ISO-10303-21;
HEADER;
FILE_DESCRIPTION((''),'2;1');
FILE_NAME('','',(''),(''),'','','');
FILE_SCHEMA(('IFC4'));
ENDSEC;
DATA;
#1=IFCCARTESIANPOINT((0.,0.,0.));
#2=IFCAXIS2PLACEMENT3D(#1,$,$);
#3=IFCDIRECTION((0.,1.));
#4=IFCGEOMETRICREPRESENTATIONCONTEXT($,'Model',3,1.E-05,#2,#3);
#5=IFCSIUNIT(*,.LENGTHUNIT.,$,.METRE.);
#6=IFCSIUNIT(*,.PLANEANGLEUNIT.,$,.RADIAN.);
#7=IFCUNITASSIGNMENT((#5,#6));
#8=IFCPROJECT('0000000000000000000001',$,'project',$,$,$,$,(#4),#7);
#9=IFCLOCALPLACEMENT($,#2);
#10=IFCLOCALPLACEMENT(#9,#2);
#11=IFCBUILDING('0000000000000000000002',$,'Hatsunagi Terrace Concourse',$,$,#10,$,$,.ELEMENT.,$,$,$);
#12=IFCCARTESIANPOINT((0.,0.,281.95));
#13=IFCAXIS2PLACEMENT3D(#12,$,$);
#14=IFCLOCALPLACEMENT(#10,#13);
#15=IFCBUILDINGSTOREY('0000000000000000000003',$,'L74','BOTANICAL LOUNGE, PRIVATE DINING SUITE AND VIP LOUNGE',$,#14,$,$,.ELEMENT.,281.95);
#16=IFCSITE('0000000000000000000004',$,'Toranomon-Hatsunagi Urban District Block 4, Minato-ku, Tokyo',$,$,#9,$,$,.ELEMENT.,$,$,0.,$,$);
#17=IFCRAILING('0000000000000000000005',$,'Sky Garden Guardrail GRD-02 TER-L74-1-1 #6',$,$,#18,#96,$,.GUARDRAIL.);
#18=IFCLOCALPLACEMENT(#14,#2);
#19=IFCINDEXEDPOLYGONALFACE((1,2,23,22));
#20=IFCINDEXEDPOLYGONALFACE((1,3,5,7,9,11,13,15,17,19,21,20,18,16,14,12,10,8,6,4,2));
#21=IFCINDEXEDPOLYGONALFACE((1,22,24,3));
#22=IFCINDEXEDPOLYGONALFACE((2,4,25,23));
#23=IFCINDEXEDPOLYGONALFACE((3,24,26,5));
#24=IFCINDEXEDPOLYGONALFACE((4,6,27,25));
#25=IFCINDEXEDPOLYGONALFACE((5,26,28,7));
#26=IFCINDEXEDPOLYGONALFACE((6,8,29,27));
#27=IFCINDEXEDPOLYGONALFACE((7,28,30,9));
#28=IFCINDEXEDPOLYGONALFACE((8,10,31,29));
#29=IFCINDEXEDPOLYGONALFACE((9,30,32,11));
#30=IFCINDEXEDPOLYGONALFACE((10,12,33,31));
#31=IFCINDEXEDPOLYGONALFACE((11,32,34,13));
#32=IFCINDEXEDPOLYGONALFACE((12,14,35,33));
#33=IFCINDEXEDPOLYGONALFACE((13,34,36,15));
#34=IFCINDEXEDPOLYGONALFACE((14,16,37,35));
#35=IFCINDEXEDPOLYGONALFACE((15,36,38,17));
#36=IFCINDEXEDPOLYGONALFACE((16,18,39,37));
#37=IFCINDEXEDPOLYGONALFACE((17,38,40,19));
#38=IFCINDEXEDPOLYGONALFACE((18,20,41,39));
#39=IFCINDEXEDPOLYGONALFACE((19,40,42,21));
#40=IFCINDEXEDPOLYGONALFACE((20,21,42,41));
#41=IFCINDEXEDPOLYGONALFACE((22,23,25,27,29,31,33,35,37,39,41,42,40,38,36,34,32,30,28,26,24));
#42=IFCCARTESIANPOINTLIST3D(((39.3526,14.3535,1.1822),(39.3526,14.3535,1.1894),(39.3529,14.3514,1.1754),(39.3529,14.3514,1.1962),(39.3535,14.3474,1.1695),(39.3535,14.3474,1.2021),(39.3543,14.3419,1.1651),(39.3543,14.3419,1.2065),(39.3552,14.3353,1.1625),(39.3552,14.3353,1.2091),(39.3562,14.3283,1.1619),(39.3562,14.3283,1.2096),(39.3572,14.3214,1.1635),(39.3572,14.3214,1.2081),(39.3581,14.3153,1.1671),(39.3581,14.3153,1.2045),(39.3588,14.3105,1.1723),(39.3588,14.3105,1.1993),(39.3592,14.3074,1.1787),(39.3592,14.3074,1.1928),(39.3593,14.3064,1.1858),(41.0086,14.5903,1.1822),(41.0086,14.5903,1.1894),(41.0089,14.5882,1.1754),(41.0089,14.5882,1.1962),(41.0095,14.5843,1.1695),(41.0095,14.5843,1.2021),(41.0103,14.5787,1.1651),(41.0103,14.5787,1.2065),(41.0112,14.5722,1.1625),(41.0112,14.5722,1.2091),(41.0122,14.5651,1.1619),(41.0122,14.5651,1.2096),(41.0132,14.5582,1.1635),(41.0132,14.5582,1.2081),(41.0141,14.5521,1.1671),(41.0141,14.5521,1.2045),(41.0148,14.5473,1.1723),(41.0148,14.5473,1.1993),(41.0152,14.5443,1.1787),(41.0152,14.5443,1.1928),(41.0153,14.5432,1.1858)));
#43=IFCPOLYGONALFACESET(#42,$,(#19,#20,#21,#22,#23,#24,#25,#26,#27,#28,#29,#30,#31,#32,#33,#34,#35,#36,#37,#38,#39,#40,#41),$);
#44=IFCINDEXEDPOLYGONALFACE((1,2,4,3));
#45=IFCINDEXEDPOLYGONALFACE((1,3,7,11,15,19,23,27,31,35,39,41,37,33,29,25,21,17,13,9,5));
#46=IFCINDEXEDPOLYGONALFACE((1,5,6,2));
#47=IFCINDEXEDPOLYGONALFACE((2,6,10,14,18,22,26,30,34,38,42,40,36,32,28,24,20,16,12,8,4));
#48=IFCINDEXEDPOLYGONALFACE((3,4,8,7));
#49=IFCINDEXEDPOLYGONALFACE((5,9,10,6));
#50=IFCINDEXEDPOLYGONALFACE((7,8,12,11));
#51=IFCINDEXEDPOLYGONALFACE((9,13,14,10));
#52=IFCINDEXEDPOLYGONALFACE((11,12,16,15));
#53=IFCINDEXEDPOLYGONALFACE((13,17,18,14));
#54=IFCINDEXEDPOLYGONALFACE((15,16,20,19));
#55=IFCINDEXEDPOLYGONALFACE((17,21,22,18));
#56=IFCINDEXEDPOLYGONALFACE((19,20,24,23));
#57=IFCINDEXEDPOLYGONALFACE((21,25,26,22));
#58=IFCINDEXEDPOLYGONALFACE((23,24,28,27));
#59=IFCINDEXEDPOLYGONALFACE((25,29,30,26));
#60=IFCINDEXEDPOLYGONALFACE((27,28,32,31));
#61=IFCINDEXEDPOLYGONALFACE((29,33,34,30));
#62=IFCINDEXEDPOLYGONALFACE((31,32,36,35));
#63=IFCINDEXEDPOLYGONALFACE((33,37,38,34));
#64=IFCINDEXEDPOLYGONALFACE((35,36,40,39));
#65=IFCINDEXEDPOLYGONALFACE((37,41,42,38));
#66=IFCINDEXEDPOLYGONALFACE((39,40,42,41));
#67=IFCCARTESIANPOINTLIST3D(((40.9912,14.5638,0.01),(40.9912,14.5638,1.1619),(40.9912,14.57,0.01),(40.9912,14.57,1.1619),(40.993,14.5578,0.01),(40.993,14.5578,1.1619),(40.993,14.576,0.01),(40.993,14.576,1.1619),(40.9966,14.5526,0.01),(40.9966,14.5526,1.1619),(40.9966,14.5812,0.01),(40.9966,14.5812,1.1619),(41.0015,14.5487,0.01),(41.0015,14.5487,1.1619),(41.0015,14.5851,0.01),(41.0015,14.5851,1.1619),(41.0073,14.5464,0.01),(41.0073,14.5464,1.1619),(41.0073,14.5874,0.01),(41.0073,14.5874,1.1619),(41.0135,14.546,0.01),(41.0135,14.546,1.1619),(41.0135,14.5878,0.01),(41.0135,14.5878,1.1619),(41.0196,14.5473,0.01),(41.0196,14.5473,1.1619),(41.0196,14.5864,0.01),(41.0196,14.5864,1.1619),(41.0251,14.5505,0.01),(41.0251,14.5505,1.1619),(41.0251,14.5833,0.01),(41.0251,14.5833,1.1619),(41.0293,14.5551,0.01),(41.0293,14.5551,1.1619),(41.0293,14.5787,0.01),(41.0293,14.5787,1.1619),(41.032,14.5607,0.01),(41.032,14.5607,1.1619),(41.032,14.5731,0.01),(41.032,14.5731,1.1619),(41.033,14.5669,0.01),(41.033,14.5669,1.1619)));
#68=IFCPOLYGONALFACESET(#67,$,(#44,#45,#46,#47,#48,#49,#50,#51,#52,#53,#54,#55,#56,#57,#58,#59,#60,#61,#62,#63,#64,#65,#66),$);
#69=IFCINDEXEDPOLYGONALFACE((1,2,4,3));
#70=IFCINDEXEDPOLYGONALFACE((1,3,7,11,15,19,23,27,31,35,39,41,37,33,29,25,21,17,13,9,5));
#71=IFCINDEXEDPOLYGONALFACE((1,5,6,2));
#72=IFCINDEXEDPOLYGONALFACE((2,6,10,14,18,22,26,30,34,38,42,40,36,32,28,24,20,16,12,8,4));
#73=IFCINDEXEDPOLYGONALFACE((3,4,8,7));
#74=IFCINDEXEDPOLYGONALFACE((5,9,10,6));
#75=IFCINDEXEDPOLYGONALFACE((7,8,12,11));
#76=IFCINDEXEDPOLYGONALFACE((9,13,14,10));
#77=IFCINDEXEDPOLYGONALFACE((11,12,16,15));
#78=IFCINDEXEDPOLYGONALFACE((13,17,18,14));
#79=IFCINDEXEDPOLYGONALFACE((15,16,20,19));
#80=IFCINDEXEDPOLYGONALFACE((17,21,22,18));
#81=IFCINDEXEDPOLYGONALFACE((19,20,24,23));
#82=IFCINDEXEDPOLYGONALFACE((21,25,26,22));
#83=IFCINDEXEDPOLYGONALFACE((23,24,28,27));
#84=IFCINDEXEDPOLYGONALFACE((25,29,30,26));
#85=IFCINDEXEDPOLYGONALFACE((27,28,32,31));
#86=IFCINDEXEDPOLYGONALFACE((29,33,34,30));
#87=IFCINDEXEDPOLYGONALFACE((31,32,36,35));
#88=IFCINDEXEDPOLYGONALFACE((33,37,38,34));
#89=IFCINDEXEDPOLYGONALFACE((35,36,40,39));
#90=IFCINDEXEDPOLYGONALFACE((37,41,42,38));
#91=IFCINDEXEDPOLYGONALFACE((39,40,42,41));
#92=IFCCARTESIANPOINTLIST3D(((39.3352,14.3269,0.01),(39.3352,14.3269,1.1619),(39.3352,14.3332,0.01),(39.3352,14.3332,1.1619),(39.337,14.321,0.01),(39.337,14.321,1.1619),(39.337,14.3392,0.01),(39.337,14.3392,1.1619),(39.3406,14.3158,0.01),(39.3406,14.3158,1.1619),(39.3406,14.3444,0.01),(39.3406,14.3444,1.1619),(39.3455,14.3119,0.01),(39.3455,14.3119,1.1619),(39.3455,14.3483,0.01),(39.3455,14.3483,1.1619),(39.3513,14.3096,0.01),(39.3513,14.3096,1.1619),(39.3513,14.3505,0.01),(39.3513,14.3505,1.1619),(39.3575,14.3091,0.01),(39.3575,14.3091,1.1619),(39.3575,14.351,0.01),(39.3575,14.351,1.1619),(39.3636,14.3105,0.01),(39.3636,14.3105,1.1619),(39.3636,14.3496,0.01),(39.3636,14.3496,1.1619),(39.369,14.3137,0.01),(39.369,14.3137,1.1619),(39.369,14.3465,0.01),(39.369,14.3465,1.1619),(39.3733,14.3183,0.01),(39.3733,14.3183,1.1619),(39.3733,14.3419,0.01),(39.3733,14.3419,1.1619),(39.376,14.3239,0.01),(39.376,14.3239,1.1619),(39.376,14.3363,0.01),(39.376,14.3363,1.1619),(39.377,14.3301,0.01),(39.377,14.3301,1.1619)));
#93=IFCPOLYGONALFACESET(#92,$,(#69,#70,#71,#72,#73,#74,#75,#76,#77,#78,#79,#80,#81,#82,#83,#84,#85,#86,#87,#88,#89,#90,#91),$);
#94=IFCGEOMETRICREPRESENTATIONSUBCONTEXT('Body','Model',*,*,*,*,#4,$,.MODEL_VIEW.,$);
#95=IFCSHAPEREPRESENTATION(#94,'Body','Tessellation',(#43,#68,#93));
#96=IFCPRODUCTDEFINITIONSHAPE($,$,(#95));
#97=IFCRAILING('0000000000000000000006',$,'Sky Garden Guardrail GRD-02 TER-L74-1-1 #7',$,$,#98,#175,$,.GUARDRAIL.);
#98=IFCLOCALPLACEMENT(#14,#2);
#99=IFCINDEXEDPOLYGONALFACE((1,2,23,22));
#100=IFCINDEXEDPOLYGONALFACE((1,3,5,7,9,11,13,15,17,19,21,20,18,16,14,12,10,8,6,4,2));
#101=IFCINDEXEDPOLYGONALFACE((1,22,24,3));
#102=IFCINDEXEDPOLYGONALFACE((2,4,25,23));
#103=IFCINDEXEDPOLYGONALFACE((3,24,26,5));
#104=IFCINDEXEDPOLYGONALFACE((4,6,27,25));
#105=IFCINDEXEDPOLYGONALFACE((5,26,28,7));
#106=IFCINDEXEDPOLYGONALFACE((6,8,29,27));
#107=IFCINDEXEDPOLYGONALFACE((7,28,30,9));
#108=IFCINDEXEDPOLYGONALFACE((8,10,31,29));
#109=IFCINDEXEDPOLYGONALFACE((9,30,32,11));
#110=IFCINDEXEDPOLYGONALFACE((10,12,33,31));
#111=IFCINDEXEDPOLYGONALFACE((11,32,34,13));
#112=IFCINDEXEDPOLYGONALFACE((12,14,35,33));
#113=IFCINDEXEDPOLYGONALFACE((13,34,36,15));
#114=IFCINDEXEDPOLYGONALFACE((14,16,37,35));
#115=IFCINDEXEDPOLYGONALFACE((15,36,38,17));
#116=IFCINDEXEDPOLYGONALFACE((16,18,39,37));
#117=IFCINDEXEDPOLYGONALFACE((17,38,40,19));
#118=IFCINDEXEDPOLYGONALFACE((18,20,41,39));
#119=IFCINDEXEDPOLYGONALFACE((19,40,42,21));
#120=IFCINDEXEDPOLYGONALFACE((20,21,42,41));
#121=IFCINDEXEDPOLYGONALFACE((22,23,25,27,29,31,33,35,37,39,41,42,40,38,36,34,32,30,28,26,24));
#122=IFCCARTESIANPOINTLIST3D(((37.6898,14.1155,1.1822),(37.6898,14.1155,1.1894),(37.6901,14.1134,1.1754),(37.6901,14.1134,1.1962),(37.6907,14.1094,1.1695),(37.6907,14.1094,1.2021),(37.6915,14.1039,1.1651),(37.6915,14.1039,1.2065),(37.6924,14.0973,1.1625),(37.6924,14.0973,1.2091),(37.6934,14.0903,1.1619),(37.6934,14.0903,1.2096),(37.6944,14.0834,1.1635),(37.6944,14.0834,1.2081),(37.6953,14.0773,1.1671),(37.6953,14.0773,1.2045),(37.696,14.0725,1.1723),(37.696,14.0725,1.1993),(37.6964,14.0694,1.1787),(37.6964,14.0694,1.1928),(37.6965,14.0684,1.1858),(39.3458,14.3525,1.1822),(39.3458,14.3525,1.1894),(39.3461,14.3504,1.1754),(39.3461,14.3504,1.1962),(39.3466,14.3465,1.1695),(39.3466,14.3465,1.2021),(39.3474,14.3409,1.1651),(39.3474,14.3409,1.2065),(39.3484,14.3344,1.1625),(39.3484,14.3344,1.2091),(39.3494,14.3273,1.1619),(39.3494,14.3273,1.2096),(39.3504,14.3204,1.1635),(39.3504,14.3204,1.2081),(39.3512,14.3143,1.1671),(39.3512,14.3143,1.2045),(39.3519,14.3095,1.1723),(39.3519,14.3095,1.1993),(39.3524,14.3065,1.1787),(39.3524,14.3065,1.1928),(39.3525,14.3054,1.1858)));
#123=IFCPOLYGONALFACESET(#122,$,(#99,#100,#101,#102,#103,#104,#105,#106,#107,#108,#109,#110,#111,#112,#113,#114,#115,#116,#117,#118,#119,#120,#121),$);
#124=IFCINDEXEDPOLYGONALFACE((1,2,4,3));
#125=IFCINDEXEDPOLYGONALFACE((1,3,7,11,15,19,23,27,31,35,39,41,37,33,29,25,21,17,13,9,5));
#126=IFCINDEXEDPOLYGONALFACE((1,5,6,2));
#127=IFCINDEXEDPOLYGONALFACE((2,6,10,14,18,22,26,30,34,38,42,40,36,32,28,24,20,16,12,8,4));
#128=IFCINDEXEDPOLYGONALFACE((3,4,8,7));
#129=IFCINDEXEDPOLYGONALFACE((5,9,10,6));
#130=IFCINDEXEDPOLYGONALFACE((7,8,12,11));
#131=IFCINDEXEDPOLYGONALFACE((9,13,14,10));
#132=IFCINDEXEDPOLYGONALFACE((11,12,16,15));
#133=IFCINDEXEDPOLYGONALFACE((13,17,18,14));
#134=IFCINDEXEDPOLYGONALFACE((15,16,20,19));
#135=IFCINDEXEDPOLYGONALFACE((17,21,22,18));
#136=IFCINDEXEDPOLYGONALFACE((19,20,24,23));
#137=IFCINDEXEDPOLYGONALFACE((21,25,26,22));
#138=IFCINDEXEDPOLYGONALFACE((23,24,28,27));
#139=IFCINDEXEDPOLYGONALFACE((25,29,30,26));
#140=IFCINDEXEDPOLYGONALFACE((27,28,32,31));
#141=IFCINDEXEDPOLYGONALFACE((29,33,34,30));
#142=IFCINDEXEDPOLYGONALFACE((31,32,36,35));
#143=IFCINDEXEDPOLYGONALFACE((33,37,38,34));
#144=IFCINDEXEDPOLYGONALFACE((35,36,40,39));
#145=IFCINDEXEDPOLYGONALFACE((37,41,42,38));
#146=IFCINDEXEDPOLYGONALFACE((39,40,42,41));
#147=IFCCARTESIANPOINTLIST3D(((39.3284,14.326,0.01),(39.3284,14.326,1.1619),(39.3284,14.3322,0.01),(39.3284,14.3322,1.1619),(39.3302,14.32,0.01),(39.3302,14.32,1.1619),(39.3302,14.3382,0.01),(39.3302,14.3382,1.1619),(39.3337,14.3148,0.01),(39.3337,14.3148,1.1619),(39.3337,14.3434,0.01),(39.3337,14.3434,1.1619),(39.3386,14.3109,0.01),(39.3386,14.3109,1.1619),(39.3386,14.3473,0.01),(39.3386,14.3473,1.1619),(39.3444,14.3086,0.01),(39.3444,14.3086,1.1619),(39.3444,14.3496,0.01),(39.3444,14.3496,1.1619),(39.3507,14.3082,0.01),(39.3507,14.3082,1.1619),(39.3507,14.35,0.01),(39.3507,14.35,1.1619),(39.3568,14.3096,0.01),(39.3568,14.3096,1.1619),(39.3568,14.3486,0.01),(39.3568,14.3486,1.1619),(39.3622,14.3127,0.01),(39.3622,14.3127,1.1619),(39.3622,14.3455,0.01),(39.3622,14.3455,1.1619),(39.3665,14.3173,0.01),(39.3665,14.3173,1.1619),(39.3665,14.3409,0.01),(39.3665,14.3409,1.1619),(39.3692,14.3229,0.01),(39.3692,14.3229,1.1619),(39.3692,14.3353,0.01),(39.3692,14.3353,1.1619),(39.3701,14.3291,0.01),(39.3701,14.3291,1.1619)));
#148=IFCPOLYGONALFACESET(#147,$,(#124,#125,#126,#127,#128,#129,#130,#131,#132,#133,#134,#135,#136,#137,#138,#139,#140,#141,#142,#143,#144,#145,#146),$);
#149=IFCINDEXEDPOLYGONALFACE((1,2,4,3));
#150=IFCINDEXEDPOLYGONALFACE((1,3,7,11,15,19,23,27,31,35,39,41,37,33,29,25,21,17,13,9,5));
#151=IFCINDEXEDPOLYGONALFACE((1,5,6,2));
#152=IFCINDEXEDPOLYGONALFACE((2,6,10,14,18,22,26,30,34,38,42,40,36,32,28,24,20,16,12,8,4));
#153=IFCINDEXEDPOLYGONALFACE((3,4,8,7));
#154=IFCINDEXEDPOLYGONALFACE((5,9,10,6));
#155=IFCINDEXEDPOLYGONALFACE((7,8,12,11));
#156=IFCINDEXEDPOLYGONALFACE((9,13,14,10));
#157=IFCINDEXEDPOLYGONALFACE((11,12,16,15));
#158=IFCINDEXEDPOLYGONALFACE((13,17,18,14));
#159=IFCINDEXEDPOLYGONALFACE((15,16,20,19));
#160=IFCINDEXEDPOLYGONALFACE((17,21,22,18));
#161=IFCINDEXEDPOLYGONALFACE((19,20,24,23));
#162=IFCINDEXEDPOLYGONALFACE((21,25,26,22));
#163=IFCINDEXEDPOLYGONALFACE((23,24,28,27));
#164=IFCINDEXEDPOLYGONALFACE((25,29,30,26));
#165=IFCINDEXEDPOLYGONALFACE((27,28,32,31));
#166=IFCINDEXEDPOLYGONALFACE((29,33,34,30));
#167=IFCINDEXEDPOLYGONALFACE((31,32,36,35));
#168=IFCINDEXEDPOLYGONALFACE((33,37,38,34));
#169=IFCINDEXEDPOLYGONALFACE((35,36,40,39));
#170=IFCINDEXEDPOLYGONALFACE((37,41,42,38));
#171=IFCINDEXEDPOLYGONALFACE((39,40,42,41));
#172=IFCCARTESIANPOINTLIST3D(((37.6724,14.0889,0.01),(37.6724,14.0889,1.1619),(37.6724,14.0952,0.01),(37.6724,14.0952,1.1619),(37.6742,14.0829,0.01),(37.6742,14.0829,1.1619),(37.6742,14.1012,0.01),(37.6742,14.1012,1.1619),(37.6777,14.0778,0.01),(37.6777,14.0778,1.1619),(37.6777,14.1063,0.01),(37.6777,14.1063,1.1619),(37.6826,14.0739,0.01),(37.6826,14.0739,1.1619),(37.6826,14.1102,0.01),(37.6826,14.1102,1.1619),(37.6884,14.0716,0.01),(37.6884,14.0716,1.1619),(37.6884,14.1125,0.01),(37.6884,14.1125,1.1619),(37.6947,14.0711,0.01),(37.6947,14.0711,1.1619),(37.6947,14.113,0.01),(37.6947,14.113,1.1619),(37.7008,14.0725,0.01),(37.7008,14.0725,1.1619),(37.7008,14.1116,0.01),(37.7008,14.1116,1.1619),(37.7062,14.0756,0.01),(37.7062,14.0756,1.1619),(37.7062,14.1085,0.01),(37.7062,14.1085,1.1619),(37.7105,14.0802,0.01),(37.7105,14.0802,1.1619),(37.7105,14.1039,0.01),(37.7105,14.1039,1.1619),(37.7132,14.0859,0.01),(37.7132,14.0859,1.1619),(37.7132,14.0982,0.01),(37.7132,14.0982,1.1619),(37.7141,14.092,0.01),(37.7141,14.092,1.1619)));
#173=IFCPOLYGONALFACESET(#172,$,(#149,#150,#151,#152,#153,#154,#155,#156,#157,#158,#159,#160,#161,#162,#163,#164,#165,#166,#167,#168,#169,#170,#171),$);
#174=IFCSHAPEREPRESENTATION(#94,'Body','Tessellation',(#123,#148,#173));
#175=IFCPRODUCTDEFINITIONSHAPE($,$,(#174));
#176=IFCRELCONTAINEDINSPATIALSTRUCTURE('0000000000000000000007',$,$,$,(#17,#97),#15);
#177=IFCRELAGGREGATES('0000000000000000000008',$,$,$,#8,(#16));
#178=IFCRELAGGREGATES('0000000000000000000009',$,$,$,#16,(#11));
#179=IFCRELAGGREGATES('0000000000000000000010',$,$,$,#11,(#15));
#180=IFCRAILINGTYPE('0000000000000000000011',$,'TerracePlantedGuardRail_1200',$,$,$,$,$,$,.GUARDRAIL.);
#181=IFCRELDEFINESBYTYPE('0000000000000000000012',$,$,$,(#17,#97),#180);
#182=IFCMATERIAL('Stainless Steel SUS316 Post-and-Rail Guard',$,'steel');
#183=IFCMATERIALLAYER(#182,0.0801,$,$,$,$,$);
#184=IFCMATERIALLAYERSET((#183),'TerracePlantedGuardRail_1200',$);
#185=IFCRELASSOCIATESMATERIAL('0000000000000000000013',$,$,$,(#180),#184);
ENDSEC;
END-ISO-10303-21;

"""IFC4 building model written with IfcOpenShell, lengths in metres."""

from ifc_helpers import new_model, si_unit, direction, frame, origin, origin_2d, place, context, subcontext, project, spatial, circle, extrude, material, layer, layer_set, type_object, element, save


model = new_model("IFC4")

# Units and contexts
model_context = context("Model", 3, precision=1e-05, world=origin(), true_north=direction((0.0, 1.0)))
body_context = subcontext(model_context, "Body", "Model", "MODEL_VIEW")
ifc_project = project(units=[si_unit("LENGTHUNIT", "METRE"), si_unit("PLANEANGLEUNIT", "RADIAN")], contexts=[model_context])

# Site, building, storey
site_placement = place(None, origin())
site = spatial("IfcSite", under=ifc_project, at=site_placement, Name="Toranomon-Hatsunagi Urban District Block 4, Minato-ku, Tokyo", CompositionType="ELEMENT", RefElevation=0.0)
building_placement = place(site_placement, origin())
building = spatial("IfcBuilding", under=site, at=building_placement, Name="Hatsunagi Terrace Concourse", CompositionType="ELEMENT")
storey_placement = place(building_placement, frame((0.0, 0.0, 281.95)))
storey = spatial("IfcBuildingStorey", under=building, at=storey_placement, Name="L74", Description="BOTANICAL LOUNGE, PRIVATE DINING SUITE AND VIP LOUNGE", CompositionType="ELEMENT", Elevation=281.95)

# Railings
ifc_material_1 = material(Name="Stainless Steel SUS316 Post-and-Rail Guard", Category="steel")
ifc_layer_1 = layer(ifc_material_1, 0.0801)
ifc_layer_set_1 = layer_set([ifc_layer_1], Name="TerracePlantedGuardRail_1200")
railing_type = type_object("IfcRailingType", Name="TerracePlantedGuardRail_1200", PredefinedType="GUARDRAIL", material=ifc_layer_set_1)
railing_1_placement = place(storey_placement, frame((41.012, 14.5669, 0.01)))
element("IfcRailing", 1, at=railing_1_placement, inside=storey, type_object=railing_type, Name="Sky Garden Guardrail GRD-02 TER-L74-1-1 #6", PredefinedType="GUARDRAIL", context=body_context, shape_type="SweptSolid", body=[
    extrude(circle(Radius=0.0239, at=origin_2d()), frame((0.0, 0.0, 1.1758), z_axis=(-0.989929, -0.141564, 0.0), x_axis=(0.141564, -0.989929, 0.0)), (0.0, 0.0, 1.0), 1.6729),
    extrude(circle(Radius=0.021, at=origin_2d()), origin(), (0.0, 0.0, 1.0), 1.1519),
    extrude(circle(Radius=0.021, at=origin_2d()), frame((-1.656, -0.2368, 0.0)), (0.0, 0.0, 1.0), 1.1519),
])
railing_2_placement = place(storey_placement, frame((39.3491, 14.3291, 0.01)))
element("IfcRailing", 2, at=railing_2_placement, inside=storey, type_object=railing_type, Name="Sky Garden Guardrail GRD-02 TER-L74-1-1 #7", PredefinedType="GUARDRAIL", context=body_context, shape_type="SweptSolid", body=[
    extrude(circle(Radius=0.0239, at=origin_2d()), frame((0.0, 0.0, 1.1758), z_axis=(-0.989909, -0.141707, 0.0), x_axis=(0.141707, -0.989909, 0.0)), (0.0, 0.0, 1.0), 1.6729),
    extrude(circle(Radius=0.021, at=origin_2d()), origin(), (0.0, 0.0, 1.0), 1.1519),
    extrude(circle(Radius=0.021, at=origin_2d()), frame((-1.656, -0.2371, 0.0)), (0.0, 0.0, 1.0), 1.1519),
])

save(model, "model.ifc")
